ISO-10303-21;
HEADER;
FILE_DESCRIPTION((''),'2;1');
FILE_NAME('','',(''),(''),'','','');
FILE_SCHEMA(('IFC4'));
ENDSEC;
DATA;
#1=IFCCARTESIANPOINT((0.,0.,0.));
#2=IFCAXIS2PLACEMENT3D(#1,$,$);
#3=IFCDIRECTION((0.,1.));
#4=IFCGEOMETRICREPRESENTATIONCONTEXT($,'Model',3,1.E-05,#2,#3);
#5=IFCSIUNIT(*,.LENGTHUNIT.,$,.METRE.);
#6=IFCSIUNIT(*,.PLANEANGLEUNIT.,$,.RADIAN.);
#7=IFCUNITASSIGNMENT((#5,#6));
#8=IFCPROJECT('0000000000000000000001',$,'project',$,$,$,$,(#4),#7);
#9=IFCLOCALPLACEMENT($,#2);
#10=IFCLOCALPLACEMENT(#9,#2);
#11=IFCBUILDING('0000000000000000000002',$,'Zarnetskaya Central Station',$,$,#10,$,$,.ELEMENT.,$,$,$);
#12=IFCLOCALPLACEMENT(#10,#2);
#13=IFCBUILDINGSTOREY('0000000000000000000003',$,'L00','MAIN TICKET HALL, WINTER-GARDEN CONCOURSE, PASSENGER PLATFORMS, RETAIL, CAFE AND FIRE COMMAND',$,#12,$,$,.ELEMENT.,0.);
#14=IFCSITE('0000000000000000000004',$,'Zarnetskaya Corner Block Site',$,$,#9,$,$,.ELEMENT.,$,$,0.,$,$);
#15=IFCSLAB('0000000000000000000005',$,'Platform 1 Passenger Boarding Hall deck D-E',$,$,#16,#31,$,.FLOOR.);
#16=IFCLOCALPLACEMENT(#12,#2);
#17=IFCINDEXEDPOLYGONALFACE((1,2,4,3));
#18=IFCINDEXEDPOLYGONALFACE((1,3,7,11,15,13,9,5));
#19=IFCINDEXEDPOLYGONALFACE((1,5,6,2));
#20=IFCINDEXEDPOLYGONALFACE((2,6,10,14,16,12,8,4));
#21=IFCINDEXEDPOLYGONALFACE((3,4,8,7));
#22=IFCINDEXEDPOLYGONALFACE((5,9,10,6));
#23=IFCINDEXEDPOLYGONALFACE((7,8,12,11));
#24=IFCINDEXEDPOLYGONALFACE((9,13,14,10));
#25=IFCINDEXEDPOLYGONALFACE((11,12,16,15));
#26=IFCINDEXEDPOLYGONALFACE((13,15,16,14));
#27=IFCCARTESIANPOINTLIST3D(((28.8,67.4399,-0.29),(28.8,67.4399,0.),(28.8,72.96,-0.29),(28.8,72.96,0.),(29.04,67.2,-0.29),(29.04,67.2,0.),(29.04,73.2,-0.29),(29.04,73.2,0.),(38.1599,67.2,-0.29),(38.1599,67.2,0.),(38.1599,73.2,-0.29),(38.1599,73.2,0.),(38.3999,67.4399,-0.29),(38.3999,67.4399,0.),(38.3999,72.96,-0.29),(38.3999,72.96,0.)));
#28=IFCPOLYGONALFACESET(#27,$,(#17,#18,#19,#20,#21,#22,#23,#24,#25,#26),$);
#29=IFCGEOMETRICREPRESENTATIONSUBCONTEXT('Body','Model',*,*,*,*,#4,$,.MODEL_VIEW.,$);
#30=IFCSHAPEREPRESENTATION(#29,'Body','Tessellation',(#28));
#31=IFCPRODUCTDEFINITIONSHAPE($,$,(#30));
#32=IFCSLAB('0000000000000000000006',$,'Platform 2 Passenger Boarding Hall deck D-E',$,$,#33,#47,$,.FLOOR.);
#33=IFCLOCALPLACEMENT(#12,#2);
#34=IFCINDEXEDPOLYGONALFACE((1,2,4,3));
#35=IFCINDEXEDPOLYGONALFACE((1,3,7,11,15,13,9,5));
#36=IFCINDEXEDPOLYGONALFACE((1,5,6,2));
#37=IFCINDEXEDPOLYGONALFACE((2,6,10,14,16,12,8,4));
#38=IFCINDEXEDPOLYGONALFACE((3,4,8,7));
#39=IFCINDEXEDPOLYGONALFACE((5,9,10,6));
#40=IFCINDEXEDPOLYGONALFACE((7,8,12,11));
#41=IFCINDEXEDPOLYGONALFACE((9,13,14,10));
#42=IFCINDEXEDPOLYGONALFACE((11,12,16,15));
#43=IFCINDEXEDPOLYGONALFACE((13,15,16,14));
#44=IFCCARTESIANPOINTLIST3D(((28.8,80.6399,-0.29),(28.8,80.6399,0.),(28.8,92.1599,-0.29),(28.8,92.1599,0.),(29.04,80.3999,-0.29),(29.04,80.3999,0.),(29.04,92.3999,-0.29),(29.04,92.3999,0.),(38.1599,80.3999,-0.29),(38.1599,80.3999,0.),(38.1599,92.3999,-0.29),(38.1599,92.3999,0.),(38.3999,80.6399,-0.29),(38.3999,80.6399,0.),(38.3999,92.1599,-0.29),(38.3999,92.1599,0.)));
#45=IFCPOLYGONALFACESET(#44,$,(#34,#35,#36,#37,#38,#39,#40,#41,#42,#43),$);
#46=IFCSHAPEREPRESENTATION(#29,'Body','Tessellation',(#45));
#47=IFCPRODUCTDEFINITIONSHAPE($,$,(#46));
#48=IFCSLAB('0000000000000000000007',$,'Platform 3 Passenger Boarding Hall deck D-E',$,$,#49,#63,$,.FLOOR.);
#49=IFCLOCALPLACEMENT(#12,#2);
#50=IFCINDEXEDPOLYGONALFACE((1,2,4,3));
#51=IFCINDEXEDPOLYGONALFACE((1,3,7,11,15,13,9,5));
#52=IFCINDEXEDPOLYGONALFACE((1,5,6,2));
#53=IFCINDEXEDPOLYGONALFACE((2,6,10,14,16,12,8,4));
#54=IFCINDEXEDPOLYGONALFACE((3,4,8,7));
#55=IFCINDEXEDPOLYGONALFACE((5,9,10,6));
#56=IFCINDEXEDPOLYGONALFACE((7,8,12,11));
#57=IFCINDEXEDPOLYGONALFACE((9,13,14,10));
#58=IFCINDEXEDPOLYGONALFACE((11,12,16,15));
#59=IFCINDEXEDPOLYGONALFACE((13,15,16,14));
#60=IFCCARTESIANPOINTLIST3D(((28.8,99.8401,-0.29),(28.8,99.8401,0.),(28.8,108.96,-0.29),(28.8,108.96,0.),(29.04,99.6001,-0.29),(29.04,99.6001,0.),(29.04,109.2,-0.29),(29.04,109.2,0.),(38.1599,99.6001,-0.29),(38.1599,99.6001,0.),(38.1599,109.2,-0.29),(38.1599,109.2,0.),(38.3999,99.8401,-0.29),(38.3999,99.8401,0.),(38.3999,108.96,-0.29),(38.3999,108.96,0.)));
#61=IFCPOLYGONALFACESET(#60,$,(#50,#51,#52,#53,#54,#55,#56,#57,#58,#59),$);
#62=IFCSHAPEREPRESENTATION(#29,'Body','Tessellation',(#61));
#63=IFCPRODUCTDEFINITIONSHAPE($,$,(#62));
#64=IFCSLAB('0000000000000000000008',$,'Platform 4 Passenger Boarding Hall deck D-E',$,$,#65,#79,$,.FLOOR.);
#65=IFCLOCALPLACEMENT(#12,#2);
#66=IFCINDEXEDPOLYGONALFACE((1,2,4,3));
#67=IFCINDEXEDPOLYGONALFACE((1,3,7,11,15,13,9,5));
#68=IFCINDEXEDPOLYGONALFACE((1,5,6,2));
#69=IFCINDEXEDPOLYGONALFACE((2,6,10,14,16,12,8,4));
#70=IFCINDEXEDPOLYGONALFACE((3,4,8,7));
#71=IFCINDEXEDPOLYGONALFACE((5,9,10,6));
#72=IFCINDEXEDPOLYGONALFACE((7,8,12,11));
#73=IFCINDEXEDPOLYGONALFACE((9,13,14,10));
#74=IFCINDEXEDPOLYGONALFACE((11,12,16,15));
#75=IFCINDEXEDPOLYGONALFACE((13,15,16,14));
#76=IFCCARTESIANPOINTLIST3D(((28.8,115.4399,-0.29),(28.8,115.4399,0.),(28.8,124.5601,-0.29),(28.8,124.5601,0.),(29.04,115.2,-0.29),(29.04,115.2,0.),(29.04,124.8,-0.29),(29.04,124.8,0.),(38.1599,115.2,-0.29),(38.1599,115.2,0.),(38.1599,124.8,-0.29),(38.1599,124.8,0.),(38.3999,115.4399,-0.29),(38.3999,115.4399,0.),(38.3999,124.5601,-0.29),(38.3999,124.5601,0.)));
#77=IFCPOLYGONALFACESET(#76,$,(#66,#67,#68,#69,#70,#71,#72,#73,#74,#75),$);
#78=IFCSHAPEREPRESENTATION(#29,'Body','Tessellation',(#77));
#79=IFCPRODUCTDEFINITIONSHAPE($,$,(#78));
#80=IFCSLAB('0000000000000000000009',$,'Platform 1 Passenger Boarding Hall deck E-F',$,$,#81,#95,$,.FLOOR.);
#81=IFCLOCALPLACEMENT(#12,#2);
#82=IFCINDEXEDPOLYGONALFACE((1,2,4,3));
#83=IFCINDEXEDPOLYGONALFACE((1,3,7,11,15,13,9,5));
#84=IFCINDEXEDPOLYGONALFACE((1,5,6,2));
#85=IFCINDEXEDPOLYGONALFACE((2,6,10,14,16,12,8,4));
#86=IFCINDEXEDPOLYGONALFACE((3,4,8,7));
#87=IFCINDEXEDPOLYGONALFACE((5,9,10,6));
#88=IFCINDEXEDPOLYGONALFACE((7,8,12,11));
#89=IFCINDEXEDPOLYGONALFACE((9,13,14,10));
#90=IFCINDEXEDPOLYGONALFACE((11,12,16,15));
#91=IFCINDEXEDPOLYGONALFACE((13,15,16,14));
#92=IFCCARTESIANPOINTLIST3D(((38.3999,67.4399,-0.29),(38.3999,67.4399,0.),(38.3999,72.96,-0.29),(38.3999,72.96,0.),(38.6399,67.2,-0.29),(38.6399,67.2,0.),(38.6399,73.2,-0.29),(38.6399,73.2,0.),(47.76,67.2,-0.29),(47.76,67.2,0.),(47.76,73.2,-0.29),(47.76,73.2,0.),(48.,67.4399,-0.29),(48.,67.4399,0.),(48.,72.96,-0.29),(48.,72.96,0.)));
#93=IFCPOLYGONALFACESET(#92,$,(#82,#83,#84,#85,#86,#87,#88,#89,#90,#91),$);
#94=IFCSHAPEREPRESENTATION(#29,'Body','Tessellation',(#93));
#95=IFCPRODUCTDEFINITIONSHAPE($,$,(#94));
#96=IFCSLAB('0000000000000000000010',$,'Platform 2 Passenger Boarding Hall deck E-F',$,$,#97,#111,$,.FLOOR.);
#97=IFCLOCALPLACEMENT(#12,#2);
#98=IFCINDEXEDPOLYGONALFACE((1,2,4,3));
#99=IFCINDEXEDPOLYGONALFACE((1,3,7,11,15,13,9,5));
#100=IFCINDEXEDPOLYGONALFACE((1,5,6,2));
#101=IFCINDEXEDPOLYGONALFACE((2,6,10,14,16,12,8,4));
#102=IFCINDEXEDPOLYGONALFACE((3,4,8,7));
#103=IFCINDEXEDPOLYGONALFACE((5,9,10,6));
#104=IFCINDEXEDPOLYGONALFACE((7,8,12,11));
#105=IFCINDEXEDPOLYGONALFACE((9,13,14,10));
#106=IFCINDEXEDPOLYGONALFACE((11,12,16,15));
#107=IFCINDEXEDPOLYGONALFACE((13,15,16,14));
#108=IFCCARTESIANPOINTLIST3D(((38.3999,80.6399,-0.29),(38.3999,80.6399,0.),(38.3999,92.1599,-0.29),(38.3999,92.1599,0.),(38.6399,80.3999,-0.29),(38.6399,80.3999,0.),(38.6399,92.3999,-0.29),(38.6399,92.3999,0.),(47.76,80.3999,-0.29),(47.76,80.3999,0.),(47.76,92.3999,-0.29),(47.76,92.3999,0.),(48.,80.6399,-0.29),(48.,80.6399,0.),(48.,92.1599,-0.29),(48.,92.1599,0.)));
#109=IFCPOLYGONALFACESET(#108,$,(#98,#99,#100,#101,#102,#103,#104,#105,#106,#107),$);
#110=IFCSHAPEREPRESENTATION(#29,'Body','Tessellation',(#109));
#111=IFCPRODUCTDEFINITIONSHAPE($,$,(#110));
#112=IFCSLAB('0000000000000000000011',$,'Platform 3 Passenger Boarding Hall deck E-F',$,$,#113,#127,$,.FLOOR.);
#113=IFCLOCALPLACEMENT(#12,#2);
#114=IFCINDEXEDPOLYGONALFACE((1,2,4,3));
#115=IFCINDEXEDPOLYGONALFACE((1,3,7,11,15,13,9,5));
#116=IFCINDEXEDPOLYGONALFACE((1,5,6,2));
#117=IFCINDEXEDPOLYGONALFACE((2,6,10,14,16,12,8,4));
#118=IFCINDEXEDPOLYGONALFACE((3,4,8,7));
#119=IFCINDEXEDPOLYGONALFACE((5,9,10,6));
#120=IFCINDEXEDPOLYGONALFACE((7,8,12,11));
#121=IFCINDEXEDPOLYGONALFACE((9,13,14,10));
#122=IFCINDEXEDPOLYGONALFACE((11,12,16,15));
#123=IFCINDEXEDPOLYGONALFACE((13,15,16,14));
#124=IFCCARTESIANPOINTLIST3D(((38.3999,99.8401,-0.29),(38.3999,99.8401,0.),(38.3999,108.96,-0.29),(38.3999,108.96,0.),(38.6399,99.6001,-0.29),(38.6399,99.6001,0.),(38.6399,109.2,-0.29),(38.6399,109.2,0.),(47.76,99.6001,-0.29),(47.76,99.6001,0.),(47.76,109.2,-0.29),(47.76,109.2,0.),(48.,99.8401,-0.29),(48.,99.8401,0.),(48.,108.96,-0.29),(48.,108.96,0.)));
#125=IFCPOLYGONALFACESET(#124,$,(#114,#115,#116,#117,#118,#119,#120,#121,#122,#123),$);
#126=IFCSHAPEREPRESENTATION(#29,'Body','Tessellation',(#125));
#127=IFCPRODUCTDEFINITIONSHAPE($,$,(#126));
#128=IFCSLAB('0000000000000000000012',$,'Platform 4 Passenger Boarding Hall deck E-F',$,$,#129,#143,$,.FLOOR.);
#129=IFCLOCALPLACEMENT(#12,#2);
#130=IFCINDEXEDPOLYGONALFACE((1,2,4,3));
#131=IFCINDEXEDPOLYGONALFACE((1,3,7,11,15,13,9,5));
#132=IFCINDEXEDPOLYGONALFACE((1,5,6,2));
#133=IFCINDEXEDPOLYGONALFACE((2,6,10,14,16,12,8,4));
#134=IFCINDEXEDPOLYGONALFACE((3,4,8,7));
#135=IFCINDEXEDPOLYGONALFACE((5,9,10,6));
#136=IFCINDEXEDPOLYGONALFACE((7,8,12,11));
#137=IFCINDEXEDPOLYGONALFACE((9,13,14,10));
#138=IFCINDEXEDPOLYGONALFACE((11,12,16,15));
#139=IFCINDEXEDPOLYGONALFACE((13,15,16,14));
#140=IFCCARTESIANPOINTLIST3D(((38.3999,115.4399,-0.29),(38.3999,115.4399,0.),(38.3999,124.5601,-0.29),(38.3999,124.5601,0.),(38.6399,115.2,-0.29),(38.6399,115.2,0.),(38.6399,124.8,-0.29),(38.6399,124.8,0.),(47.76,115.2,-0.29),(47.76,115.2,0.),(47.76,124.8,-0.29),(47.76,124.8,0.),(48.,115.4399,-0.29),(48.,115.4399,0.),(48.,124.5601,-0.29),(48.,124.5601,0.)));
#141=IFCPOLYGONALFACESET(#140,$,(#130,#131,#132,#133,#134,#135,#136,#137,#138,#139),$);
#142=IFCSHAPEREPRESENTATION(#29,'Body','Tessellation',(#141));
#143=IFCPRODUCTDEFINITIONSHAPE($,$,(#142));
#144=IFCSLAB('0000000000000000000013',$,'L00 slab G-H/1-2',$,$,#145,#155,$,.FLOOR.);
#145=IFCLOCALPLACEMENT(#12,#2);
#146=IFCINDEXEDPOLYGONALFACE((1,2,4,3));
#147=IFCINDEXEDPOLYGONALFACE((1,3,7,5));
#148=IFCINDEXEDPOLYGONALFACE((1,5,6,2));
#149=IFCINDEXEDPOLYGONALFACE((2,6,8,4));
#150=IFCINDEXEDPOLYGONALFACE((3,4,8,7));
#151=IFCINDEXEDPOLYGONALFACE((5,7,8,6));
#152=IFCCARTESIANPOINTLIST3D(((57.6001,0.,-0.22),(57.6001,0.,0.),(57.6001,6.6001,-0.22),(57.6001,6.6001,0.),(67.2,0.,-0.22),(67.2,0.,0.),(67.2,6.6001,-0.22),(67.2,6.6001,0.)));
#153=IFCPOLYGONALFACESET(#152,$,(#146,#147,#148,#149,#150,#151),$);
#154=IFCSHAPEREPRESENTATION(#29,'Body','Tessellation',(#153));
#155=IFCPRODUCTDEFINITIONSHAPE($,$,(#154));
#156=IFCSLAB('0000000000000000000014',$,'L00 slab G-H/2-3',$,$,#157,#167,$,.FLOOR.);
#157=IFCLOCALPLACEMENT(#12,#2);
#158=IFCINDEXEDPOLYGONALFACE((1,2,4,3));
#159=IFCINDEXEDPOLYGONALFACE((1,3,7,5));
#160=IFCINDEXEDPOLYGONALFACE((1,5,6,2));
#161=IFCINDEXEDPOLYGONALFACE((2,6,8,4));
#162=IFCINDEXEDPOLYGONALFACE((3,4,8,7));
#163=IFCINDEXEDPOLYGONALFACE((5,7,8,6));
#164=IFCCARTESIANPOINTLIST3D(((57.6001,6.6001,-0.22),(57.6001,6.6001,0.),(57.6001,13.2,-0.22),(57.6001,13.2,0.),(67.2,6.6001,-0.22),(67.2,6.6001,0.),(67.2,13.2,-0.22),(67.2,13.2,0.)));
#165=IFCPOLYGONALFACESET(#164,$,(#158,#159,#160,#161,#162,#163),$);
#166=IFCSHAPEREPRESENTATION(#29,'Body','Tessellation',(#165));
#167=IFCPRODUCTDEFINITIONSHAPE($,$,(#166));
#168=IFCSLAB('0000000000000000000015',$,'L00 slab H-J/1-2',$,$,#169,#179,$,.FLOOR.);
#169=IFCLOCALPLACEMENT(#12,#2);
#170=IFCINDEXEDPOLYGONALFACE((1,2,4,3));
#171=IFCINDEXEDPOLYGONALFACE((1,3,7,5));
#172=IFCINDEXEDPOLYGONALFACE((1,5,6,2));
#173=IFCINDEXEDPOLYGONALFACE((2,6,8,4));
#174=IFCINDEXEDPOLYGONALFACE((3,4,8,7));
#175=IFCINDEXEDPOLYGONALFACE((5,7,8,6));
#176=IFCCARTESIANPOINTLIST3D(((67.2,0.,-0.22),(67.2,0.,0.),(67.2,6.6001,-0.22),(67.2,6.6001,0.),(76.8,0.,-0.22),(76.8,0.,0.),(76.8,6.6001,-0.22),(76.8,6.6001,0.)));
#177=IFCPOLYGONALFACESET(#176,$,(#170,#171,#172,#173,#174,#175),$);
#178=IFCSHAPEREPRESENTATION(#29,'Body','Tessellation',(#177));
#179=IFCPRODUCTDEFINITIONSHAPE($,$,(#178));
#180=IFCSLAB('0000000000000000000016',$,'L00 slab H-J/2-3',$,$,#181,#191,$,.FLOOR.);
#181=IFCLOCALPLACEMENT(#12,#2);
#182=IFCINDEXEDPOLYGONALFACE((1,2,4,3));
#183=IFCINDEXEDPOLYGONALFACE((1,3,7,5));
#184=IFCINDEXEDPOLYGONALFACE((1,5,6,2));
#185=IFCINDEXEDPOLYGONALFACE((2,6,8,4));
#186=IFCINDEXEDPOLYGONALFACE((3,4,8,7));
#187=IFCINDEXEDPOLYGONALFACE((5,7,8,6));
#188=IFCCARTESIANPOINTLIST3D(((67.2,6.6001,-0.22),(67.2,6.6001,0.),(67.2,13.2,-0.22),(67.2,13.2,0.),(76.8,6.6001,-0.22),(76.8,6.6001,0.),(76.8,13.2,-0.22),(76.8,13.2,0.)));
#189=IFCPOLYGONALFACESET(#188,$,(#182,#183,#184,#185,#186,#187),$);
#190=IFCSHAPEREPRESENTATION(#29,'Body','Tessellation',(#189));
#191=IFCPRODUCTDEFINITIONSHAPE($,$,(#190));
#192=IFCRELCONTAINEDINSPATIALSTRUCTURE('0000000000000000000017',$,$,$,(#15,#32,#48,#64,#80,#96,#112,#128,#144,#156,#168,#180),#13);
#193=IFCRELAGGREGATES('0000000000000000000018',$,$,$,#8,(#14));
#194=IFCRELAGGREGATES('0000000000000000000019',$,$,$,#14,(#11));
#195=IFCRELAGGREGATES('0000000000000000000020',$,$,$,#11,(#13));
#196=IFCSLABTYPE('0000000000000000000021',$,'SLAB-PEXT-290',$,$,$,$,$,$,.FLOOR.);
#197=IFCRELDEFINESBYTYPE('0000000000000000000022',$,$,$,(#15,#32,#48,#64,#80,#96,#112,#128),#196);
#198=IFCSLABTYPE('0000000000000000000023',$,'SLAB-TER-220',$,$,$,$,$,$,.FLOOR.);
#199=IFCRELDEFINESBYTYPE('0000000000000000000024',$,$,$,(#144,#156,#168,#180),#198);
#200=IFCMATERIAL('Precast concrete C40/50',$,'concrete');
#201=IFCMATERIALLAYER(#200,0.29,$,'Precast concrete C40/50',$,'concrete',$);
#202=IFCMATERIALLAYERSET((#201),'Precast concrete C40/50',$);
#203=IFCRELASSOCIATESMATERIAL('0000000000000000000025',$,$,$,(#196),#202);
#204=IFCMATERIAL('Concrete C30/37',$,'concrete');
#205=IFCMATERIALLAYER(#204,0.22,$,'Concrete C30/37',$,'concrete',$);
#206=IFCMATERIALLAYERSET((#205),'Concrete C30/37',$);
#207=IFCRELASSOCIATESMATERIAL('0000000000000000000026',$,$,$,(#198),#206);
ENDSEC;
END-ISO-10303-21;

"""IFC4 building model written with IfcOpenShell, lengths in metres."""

from ifc_helpers import new_model, si_unit, direction, frame, origin, place, context, subcontext, project, spatial, polyline, outline, extrude, material, layer, layer_set, type_object, element, save


model = new_model("IFC4")

# Units and contexts
model_context = context("Model", 3, precision=1e-05, world=origin(), true_north=direction((0.0, 1.0)))
body_context = subcontext(model_context, "Body", "Model", "MODEL_VIEW")
ifc_project = project(units=[si_unit("LENGTHUNIT", "METRE"), si_unit("PLANEANGLEUNIT", "RADIAN")], contexts=[model_context])

# Site, building, storey
site_placement = place(None, origin())
site = spatial("IfcSite", under=ifc_project, at=site_placement, Name="Zarnetskaya Corner Block Site", CompositionType="ELEMENT", RefElevation=0.0)
building_placement = place(site_placement, origin())
building = spatial("IfcBuilding", under=site, at=building_placement, Name="Zarnetskaya Central Station", CompositionType="ELEMENT")
storey_placement = place(building_placement, origin())
storey = spatial("IfcBuildingStorey", under=building, at=storey_placement, Name="L00", Description="MAIN TICKET HALL, WINTER-GARDEN CONCOURSE, PASSENGER PLATFORMS, RETAIL, CAFE AND FIRE COMMAND", CompositionType="ELEMENT", Elevation=0.0)

# Slabs
ifc_material_1 = material(Name="Precast concrete C40/50", Category="concrete")
ifc_layer_1 = layer(ifc_material_1, 0.29, Name="Precast concrete C40/50", Category="concrete")
ifc_layer_set_1 = layer_set([ifc_layer_1], Name="Precast concrete C40/50")
slab_type_1 = type_object("IfcSlabType", Name="SLAB-PEXT-290", PredefinedType="FLOOR", material=ifc_layer_set_1)
slab_1_placement = place(storey_placement, frame((0.0, 0.0, -0.29)))
element("IfcSlab", 1, at=slab_1_placement, inside=storey, type_object=slab_type_1, Name="Platform 1 Passenger Boarding Hall deck D-E", PredefinedType="FLOOR", context=body_context, shape_type="SweptSolid", body=[
    extrude(outline(polyline([(29.04, 67.2), (38.1599, 67.2), (38.3999, 67.4399), (38.3999, 72.96), (38.1599, 73.2), (29.04, 73.2), (28.8, 72.96), (28.8, 67.4399), (29.04, 67.2)])), origin(), (0.0, 0.0, 1.0), 0.29),
])
slab_2_placement = place(storey_placement, frame((0.0, 0.0, -0.29)))
element("IfcSlab", 2, at=slab_2_placement, inside=storey, type_object=slab_type_1, Name="Platform 2 Passenger Boarding Hall deck D-E", PredefinedType="FLOOR", context=body_context, shape_type="SweptSolid", body=[
    extrude(outline(polyline([(29.04, 80.3999), (38.1599, 80.3999), (38.3999, 80.6399), (38.3999, 92.1599), (38.1599, 92.3999), (29.04, 92.3999), (28.8, 92.1599), (28.8, 80.6399), (29.04, 80.3999)])), origin(), (0.0, 0.0, 1.0), 0.29),
])
slab_3_placement = place(storey_placement, frame((0.0, 0.0, -0.29)))
element("IfcSlab", 3, at=slab_3_placement, inside=storey, type_object=slab_type_1, Name="Platform 3 Passenger Boarding Hall deck D-E", PredefinedType="FLOOR", context=body_context, shape_type="SweptSolid", body=[
    extrude(outline(polyline([(29.04, 99.6001), (38.1599, 99.6001), (38.3999, 99.8401), (38.3999, 108.96), (38.1599, 109.2), (29.04, 109.2), (28.8, 108.96), (28.8, 99.8401), (29.04, 99.6001)])), origin(), (0.0, 0.0, 1.0), 0.29),
])
slab_4_placement = place(storey_placement, frame((0.0, 0.0, -0.29)))
element("IfcSlab", 4, at=slab_4_placement, inside=storey, type_object=slab_type_1, Name="Platform 4 Passenger Boarding Hall deck D-E", PredefinedType="FLOOR", context=body_context, shape_type="SweptSolid", body=[
    extrude(outline(polyline([(29.04, 115.2), (38.1599, 115.2), (38.3999, 115.4399), (38.3999, 124.5601), (38.1599, 124.8), (29.04, 124.8), (28.8, 124.5601), (28.8, 115.4399), (29.04, 115.2)])), origin(), (0.0, 0.0, 1.0), 0.29),
])
slab_5_placement = place(storey_placement, frame((0.0, 0.0, -0.29)))
element("IfcSlab", 5, at=slab_5_placement, inside=storey, type_object=slab_type_1, Name="Platform 1 Passenger Boarding Hall deck E-F", PredefinedType="FLOOR", context=body_context, shape_type="SweptSolid", body=[
    extrude(outline(polyline([(38.6399, 67.2), (47.76, 67.2), (48.0, 67.4399), (48.0, 72.96), (47.76, 73.2), (38.6399, 73.2), (38.3999, 72.96), (38.3999, 67.4399), (38.6399, 67.2)])), origin(), (0.0, 0.0, 1.0), 0.29),
])
slab_6_placement = place(storey_placement, frame((0.0, 0.0, -0.29)))
element("IfcSlab", 6, at=slab_6_placement, inside=storey, type_object=slab_type_1, Name="Platform 2 Passenger Boarding Hall deck E-F", PredefinedType="FLOOR", context=body_context, shape_type="SweptSolid", body=[
    extrude(outline(polyline([(38.6399, 80.3999), (47.76, 80.3999), (48.0, 80.6399), (48.0, 92.1599), (47.76, 92.3999), (38.6399, 92.3999), (38.3999, 92.1599), (38.3999, 80.6399), (38.6399, 80.3999)])), origin(), (0.0, 0.0, 1.0), 0.29),
])
slab_7_placement = place(storey_placement, frame((0.0, 0.0, -0.29)))
element("IfcSlab", 7, at=slab_7_placement, inside=storey, type_object=slab_type_1, Name="Platform 3 Passenger Boarding Hall deck E-F", PredefinedType="FLOOR", context=body_context, shape_type="SweptSolid", body=[
    extrude(outline(polyline([(38.6399, 99.6001), (47.76, 99.6001), (48.0, 99.8401), (48.0, 108.96), (47.76, 109.2), (38.6399, 109.2), (38.3999, 108.96), (38.3999, 99.8401), (38.6399, 99.6001)])), origin(), (0.0, 0.0, 1.0), 0.29),
])
slab_8_placement = place(storey_placement, frame((0.0, 0.0, -0.29)))
element("IfcSlab", 8, at=slab_8_placement, inside=storey, type_object=slab_type_1, Name="Platform 4 Passenger Boarding Hall deck E-F", PredefinedType="FLOOR", context=body_context, shape_type="SweptSolid", body=[
    extrude(outline(polyline([(38.6399, 115.2), (47.76, 115.2), (48.0, 115.4399), (48.0, 124.5601), (47.76, 124.8), (38.6399, 124.8), (38.3999, 124.5601), (38.3999, 115.4399), (38.6399, 115.2)])), origin(), (0.0, 0.0, 1.0), 0.29),
])
ifc_material_2 = material(Name="Concrete C30/37", Category="concrete")
ifc_layer_2 = layer(ifc_material_2, 0.22, Name="Concrete C30/37", Category="concrete")
ifc_layer_set_2 = layer_set([ifc_layer_2], Name="Concrete C30/37")
slab_type_2 = type_object("IfcSlabType", Name="SLAB-TER-220", PredefinedType="FLOOR", material=ifc_layer_set_2)
slab_9_placement = place(storey_placement, frame((0.0, 0.0, -0.22)))
element("IfcSlab", 9, at=slab_9_placement, inside=storey, type_object=slab_type_2, Name="L00 slab G-H/1-2", PredefinedType="FLOOR", context=body_context, shape_type="SweptSolid", body=[
    extrude(outline(polyline([(57.6001, 0.0), (67.2, 0.0), (67.2, 6.6001), (57.6001, 6.6001), (57.6001, 0.0)])), origin(), (0.0, 0.0, 1.0), 0.22),
])
slab_10_placement = place(storey_placement, frame((0.0, 0.0, -0.22)))
element("IfcSlab", 10, at=slab_10_placement, inside=storey, type_object=slab_type_2, Name="L00 slab G-H/2-3", PredefinedType="FLOOR", context=body_context, shape_type="SweptSolid", body=[
    extrude(outline(polyline([(57.6001, 6.6001), (67.2, 6.6001), (67.2, 13.2), (57.6001, 13.2), (57.6001, 6.6001)])), origin(), (0.0, 0.0, 1.0), 0.22),
])
slab_11_placement = place(storey_placement, frame((0.0, 0.0, -0.22)))
element("IfcSlab", 11, at=slab_11_placement, inside=storey, type_object=slab_type_2, Name="L00 slab H-J/1-2", PredefinedType="FLOOR", context=body_context, shape_type="SweptSolid", body=[
    extrude(outline(polyline([(67.2, 0.0), (76.8, 0.0), (76.8, 6.6001), (67.2, 6.6001), (67.2, 0.0)])), origin(), (0.0, 0.0, 1.0), 0.22),
])
slab_12_placement = place(storey_placement, frame((0.0, 0.0, -0.22)))
element("IfcSlab", 12, at=slab_12_placement, inside=storey, type_object=slab_type_2, Name="L00 slab H-J/2-3", PredefinedType="FLOOR", context=body_context, shape_type="SweptSolid", body=[
    extrude(outline(polyline([(67.2, 6.6001), (76.8, 6.6001), (76.8, 13.2), (67.2, 13.2), (67.2, 6.6001)])), origin(), (0.0, 0.0, 1.0), 0.22),
])

save(model, "model.ifc")
